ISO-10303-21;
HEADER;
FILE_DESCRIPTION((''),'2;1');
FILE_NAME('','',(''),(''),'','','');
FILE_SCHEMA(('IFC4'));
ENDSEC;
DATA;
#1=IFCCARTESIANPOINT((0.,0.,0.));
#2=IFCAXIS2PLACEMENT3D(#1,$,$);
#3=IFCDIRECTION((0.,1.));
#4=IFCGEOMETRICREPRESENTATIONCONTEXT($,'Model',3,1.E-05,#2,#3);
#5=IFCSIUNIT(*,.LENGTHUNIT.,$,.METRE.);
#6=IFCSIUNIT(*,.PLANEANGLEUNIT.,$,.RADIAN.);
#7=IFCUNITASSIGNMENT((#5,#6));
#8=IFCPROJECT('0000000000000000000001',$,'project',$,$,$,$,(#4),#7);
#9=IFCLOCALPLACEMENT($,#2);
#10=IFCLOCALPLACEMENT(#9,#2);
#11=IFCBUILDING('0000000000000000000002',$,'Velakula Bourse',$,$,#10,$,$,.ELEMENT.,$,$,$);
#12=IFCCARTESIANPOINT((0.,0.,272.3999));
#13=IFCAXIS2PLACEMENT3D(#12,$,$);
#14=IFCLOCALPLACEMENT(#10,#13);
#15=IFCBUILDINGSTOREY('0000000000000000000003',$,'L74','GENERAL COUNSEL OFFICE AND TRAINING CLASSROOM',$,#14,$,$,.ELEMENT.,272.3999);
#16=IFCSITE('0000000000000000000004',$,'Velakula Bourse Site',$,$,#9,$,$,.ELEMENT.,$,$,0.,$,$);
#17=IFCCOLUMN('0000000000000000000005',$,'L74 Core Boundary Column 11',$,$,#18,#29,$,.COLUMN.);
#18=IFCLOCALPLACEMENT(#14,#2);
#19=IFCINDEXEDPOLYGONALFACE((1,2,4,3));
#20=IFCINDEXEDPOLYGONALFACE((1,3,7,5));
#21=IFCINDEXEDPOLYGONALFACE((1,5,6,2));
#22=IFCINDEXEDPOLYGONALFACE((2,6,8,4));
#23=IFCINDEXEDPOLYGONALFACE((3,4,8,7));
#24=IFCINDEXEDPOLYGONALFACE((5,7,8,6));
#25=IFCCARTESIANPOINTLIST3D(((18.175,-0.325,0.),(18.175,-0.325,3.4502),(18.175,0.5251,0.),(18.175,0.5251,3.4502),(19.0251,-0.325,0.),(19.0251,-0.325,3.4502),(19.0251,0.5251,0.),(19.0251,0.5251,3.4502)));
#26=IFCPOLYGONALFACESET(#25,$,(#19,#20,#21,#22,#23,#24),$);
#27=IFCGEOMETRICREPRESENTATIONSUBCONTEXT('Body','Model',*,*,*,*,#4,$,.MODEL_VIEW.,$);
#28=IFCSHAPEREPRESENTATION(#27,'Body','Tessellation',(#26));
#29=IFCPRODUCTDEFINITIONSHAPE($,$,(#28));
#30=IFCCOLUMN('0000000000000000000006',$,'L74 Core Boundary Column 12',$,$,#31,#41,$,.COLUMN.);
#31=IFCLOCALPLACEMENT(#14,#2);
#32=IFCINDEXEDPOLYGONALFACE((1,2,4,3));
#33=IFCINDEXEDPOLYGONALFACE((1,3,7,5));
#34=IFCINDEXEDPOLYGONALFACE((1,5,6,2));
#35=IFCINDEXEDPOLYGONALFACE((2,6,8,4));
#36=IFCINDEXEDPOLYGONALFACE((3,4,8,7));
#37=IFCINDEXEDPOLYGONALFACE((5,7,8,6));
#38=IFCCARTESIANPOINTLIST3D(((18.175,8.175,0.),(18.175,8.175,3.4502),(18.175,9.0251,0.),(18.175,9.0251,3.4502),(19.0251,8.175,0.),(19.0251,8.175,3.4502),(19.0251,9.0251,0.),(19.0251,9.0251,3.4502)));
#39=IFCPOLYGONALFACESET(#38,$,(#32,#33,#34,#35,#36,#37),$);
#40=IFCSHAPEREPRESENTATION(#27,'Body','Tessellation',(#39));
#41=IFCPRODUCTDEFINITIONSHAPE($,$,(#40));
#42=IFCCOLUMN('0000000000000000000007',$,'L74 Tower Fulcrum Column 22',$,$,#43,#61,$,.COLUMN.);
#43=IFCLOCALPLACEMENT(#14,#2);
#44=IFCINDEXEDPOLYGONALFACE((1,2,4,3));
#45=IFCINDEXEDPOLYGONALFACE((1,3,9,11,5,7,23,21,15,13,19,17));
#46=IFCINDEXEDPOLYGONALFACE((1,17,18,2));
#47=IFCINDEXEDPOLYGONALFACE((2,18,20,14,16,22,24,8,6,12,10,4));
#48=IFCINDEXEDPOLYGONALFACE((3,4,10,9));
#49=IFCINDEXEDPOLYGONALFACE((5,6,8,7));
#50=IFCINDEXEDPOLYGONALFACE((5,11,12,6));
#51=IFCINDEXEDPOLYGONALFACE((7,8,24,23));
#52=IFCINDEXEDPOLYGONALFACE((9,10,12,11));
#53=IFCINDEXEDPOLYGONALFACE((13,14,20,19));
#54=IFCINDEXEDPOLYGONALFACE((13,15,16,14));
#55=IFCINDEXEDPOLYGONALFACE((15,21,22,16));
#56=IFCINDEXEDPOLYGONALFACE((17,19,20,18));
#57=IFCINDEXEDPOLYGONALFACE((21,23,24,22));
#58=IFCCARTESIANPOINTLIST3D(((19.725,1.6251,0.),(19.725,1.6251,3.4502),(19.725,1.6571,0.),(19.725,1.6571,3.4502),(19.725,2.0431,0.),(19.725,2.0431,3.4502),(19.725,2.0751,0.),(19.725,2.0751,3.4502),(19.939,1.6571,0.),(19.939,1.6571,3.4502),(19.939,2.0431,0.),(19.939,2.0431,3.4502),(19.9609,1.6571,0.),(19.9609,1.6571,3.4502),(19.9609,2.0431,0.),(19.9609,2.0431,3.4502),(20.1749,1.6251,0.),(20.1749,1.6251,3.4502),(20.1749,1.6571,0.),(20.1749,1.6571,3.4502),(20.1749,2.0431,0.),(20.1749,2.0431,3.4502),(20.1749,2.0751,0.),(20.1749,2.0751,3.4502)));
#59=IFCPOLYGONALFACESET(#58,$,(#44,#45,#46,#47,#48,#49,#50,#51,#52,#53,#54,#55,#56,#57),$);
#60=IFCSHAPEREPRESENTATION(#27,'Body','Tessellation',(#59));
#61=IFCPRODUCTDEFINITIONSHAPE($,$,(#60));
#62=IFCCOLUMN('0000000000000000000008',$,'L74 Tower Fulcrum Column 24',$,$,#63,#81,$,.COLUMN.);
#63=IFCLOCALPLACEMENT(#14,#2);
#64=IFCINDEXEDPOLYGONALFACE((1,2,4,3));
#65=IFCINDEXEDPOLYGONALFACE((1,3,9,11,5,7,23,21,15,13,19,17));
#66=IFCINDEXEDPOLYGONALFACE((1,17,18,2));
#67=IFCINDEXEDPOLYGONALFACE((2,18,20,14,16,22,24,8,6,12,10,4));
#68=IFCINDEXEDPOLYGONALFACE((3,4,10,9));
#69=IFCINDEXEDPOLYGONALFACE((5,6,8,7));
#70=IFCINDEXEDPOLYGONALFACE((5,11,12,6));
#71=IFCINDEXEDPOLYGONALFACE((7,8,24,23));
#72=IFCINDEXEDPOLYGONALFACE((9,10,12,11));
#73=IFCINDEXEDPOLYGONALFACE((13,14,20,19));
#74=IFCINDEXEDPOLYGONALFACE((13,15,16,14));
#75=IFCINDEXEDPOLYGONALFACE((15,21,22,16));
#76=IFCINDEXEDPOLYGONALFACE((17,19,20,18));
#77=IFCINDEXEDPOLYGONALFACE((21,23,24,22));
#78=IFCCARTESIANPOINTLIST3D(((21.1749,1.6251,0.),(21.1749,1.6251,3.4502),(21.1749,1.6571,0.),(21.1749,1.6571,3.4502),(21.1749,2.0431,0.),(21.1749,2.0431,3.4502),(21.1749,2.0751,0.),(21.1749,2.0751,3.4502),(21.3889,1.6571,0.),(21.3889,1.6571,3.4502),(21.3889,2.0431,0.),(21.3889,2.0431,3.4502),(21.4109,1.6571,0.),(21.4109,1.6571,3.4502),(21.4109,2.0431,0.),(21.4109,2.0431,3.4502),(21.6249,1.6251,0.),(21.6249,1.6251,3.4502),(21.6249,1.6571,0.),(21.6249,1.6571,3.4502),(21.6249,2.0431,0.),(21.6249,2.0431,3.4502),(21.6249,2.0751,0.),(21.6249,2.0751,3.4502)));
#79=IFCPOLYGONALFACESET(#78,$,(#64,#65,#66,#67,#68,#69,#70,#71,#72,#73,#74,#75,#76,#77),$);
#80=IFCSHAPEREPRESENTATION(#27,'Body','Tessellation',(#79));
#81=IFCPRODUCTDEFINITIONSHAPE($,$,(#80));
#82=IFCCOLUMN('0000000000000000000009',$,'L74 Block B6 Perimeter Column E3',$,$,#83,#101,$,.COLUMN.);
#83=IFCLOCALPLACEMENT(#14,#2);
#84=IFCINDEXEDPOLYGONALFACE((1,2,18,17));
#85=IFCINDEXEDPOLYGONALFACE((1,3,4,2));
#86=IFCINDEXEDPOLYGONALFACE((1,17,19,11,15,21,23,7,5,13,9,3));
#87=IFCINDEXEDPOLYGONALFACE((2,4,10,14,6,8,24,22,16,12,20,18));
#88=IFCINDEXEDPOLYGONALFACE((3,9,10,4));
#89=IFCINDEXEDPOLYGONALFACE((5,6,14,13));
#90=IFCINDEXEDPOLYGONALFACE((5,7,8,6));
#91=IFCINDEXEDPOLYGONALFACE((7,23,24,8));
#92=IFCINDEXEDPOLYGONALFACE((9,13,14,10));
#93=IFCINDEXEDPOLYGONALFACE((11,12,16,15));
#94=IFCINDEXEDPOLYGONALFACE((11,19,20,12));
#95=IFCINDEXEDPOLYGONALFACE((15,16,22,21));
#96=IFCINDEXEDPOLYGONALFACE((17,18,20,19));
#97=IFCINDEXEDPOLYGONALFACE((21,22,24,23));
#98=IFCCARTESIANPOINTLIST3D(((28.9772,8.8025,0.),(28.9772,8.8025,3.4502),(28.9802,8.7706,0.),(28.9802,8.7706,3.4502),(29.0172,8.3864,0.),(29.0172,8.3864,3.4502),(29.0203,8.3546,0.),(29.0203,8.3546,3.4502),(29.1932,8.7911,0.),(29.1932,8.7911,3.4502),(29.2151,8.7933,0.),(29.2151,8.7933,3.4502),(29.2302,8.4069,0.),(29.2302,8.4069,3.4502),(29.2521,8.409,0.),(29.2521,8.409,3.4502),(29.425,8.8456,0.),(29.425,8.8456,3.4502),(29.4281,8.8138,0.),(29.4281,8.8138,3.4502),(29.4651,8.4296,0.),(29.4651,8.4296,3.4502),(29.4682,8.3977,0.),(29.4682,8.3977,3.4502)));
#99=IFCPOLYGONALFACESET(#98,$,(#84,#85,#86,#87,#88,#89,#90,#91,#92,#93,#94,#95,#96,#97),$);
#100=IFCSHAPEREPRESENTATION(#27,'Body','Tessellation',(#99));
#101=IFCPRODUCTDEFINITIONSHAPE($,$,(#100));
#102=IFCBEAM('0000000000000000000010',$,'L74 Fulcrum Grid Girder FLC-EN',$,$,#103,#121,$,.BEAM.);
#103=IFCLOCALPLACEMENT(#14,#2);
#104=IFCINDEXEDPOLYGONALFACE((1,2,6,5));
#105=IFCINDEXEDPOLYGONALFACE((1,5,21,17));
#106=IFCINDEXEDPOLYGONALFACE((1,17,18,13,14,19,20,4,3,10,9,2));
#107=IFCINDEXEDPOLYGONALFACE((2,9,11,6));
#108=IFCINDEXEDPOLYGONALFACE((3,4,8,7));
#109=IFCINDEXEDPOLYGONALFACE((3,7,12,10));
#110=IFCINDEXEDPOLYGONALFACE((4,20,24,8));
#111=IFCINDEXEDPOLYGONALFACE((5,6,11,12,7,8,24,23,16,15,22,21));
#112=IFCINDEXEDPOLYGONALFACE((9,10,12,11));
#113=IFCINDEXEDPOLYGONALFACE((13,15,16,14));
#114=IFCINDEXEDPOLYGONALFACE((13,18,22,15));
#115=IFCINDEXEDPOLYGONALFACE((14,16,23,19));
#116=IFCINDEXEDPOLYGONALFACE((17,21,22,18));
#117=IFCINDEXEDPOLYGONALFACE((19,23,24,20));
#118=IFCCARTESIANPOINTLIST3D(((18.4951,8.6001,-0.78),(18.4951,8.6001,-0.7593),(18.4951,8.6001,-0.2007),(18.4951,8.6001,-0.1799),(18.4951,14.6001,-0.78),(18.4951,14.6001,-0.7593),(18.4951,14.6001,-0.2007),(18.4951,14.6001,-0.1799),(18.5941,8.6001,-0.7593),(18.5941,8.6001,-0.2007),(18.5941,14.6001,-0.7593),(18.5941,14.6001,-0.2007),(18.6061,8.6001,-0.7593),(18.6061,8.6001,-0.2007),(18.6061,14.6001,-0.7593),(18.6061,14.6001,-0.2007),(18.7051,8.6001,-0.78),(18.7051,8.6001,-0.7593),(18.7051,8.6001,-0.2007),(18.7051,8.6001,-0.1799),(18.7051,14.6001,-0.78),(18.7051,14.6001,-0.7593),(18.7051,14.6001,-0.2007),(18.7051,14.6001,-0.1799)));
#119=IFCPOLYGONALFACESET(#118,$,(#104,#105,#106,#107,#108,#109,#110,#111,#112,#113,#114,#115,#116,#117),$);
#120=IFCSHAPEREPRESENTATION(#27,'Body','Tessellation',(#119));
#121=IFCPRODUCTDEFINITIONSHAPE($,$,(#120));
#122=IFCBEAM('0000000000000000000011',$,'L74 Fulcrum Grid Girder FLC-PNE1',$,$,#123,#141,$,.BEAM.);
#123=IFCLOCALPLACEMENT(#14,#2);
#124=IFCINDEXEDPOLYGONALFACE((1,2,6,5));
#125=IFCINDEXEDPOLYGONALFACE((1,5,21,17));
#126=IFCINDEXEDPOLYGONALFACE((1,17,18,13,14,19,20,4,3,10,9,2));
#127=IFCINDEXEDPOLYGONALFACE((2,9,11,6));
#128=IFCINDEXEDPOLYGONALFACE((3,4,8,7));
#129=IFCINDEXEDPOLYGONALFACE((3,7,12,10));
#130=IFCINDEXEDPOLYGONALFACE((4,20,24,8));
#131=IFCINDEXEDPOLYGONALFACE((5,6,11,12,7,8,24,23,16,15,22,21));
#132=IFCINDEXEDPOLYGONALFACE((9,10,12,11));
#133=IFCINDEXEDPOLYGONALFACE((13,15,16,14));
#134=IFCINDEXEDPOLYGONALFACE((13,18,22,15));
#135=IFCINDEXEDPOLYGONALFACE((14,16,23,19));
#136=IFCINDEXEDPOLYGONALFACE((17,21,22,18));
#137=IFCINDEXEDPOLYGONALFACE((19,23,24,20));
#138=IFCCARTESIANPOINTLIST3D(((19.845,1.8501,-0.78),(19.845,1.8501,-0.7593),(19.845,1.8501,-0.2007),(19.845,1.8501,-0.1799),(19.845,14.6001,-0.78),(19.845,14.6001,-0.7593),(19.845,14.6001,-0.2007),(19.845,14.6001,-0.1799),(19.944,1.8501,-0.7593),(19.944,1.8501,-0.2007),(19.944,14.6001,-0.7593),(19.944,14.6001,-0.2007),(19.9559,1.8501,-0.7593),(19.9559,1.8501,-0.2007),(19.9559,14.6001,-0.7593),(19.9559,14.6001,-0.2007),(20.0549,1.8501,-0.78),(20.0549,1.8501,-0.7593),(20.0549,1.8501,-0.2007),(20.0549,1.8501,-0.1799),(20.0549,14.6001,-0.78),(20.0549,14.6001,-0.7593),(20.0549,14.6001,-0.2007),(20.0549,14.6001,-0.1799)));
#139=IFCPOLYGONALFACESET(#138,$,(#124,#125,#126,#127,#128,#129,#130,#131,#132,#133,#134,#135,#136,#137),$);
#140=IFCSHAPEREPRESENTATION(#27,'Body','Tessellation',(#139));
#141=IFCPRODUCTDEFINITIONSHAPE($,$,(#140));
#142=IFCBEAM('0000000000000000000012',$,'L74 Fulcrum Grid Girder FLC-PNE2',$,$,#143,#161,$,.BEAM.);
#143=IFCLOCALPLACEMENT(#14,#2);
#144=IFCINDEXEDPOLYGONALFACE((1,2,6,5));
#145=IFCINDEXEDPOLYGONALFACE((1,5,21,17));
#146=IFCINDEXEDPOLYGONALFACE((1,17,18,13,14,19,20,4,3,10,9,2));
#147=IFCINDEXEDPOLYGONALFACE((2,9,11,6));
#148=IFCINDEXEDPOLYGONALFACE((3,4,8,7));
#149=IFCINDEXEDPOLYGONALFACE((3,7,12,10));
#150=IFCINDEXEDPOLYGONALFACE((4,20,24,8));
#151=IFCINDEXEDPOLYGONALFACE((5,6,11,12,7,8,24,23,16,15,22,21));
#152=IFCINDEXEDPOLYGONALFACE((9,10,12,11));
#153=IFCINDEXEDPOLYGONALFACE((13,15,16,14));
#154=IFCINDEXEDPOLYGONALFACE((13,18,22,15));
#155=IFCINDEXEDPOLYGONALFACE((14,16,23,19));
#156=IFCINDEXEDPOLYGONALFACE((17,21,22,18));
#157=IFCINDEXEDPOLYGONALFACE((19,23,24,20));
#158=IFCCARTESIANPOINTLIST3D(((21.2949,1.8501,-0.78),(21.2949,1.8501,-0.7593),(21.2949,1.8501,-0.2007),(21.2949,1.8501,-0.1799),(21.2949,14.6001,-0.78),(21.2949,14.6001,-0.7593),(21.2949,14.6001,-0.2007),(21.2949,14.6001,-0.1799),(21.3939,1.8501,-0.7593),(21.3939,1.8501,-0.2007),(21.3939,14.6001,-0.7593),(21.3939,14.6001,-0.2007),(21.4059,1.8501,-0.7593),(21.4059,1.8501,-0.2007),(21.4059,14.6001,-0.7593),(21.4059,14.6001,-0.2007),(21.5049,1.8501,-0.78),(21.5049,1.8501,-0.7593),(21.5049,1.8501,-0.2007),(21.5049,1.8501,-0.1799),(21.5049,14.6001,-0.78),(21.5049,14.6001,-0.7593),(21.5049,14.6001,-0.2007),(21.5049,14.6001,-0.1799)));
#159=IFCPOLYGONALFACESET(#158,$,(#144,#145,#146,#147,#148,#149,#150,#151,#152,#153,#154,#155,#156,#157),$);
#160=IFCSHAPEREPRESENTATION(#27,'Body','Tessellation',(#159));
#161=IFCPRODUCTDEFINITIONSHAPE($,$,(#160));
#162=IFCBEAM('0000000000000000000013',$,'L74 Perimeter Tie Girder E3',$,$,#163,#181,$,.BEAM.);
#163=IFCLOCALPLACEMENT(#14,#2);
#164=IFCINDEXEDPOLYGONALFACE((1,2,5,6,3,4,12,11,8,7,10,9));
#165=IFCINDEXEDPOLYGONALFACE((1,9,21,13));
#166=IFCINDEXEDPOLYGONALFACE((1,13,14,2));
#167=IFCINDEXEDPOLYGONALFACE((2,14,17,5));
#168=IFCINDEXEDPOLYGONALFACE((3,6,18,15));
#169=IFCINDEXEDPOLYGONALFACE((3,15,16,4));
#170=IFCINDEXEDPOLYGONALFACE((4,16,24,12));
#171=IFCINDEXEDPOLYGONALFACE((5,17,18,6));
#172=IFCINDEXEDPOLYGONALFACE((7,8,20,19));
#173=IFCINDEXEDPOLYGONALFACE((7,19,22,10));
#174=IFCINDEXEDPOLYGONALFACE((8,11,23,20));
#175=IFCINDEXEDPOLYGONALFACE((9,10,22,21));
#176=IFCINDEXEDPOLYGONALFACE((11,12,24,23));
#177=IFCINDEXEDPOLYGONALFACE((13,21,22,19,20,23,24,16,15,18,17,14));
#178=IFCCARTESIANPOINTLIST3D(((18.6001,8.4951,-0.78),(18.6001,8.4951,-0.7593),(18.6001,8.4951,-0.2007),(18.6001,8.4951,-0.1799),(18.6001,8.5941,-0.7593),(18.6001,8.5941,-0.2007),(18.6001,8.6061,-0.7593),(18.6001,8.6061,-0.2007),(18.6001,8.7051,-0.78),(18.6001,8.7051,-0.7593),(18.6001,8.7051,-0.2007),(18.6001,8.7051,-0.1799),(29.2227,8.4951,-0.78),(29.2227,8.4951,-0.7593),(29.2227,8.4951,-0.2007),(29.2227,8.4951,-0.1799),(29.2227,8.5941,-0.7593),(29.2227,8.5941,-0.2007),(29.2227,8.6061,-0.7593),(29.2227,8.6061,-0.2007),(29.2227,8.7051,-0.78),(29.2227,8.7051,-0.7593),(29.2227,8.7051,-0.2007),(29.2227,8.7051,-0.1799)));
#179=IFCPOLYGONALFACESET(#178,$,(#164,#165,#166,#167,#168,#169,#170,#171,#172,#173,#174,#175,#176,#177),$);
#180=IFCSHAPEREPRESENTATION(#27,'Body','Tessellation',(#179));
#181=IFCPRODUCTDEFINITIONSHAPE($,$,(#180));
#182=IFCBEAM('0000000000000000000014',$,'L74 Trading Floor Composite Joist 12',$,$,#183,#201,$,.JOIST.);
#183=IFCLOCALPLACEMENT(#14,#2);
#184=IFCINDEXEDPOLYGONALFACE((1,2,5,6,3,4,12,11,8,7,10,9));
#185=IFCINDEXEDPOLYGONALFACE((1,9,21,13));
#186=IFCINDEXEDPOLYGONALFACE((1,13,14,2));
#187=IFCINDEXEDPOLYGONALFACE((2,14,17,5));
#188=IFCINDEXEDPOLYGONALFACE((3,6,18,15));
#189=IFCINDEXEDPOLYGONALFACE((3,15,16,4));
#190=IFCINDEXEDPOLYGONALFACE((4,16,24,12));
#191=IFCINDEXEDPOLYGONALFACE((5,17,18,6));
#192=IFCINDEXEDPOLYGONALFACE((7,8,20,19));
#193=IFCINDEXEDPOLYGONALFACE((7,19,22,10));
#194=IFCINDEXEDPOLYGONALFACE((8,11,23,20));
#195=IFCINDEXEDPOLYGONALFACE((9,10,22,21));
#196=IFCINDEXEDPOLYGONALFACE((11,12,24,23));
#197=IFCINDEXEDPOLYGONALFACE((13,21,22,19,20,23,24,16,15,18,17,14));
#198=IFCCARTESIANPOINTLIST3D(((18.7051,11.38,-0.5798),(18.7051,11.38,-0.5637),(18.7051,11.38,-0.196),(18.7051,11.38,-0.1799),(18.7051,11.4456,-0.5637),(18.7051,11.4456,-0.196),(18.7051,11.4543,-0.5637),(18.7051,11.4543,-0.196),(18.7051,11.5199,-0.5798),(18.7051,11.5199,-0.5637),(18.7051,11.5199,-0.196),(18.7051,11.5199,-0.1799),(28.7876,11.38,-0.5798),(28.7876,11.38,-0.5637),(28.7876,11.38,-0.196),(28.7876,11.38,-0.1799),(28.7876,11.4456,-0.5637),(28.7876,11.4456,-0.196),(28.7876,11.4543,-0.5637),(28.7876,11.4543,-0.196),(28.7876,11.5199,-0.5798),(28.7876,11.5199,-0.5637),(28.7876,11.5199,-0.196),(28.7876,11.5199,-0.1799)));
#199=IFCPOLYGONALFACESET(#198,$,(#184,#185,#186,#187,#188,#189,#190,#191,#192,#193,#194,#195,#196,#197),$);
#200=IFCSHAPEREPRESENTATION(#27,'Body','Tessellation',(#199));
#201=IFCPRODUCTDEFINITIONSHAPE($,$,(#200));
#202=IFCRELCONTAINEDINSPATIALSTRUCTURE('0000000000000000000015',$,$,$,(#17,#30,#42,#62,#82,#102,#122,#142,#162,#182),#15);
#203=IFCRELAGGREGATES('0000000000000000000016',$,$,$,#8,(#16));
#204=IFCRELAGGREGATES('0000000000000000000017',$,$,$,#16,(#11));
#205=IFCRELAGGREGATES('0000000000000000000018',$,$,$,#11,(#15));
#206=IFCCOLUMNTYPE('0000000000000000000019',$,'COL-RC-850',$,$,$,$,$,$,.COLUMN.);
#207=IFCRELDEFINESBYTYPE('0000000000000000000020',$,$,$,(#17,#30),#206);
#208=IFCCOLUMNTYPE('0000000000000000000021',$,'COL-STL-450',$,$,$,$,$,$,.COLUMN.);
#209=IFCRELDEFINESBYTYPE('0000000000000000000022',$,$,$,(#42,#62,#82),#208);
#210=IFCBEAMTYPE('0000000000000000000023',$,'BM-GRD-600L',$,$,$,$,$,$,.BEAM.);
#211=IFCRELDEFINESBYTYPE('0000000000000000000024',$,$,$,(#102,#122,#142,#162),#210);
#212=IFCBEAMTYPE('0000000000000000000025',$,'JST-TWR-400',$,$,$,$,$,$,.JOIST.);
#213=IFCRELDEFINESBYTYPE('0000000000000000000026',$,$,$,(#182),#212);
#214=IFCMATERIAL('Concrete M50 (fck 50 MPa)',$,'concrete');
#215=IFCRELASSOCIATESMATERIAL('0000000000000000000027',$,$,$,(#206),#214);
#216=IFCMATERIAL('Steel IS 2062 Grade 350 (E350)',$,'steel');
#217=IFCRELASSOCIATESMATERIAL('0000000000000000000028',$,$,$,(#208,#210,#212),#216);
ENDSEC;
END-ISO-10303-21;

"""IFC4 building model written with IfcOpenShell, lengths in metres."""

from ifc_helpers import new_model, si_unit, direction, frame, origin, origin_2d, place, context, subcontext, project, spatial, rectangle, i_section, extrude, material, material_profile, profile_set, type_object, element, save


model = new_model("IFC4")

# Units and contexts
model_context = context("Model", 3, precision=1e-05, world=origin(), true_north=direction((0.0, 1.0)))
body_context = subcontext(model_context, "Body", "Model", "MODEL_VIEW")
ifc_project = project(units=[si_unit("LENGTHUNIT", "METRE"), si_unit("PLANEANGLEUNIT", "RADIAN")], contexts=[model_context])

# Site, building, storey
site_placement = place(None, origin())
site = spatial("IfcSite", under=ifc_project, at=site_placement, Name="Velakula Bourse Site", CompositionType="ELEMENT", RefElevation=0.0)
building_placement = place(site_placement, origin())
building = spatial("IfcBuilding", under=site, at=building_placement, Name="Velakula Bourse", CompositionType="ELEMENT")
storey_placement = place(building_placement, frame((0.0, 0.0, 272.3999)))
storey = spatial("IfcBuildingStorey", under=building, at=storey_placement, Name="L74", Description="GENERAL COUNSEL OFFICE AND TRAINING CLASSROOM", CompositionType="ELEMENT", Elevation=272.3999)

# Columns
ifc_material_1 = material(Name="Concrete M50 (fck 50 MPa)", Category="concrete")
ifc_material_profile_1 = material_profile(ifc_material_1, rectangle(XDim=0.8501, YDim=0.8501, at=origin_2d()), Name="Concrete M50 (fck 50 MPa)")
ifc_profile_set_1 = profile_set([ifc_material_profile_1], Name="Concrete M50 (fck 50 MPa)")
column_type_1 = type_object("IfcColumnType", Name="COL-RC-850", PredefinedType="COLUMN", material=ifc_profile_set_1)
for number, where, z_axis, x_axis, name in (
    (1, (18.6001, 0.1001, 0.0), (0.0, 0.0, 1.0), (1.0, 0.0, 0.0), "L74 Core Boundary Column 11"),
    (2, (18.6001, 8.6001, 0.0), (0.0, 0.0, 1.0), (1.0, 0.0, 0.0), "L74 Core Boundary Column 12"),
):
    element("IfcColumn", number, at=place(storey_placement, frame(where, z_axis=z_axis, x_axis=x_axis)), inside=storey, type_object=column_type_1, Name=name, PredefinedType="COLUMN", context=body_context, shape_type="SweptSolid", body=[
        extrude(rectangle(XDim=0.8501, YDim=0.8501, at=origin_2d()), origin(), (0.0, 0.0, 1.0), 3.4502),
    ])
ifc_material_2 = material(Name="Steel IS 2062 Grade 350 (E350)", Category="steel")
ifc_material_profile_2 = material_profile(ifc_material_2, i_section(OverallWidth=0.45, OverallDepth=0.45, WebThickness=0.022, FlangeThickness=0.032, at=origin_2d()), Name="Steel IS 2062 Grade 350 (E350)")
ifc_profile_set_2 = profile_set([ifc_material_profile_2], Name="Steel IS 2062 Grade 350 (E350)")
column_type_2 = type_object("IfcColumnType", Name="COL-STL-450", PredefinedType="COLUMN", material=ifc_profile_set_2)
for number, where, z_axis, x_axis, name in (
    (3, (19.95, 1.8501, 0.0), (0.0, 0.0, 1.0), (1.0, 0.0, 0.0), "L74 Tower Fulcrum Column 22"),
    (4, (21.3999, 1.8501, 0.0), (0.0, 0.0, 1.0), (1.0, 0.0, 0.0), "L74 Tower Fulcrum Column 24"),
    (5, (29.2227, 8.6001, 0.0), (0.0, 0.0, 1.0), (0.995396, 0.095846, 0.0), "L74 Block B6 Perimeter Column E3"),
):
    element("IfcColumn", number, at=place(storey_placement, frame(where, z_axis=z_axis, x_axis=x_axis)), inside=storey, type_object=column_type_2, Name=name, PredefinedType="COLUMN", context=body_context, shape_type="SweptSolid", body=[
        extrude(i_section(OverallWidth=0.45, OverallDepth=0.45, WebThickness=0.022, FlangeThickness=0.032, at=origin_2d()), origin(), (0.0, 0.0, 1.0), 3.4502),
    ])

# Beams
ifc_material_profile_3 = material_profile(ifc_material_2, i_section(OverallWidth=0.21, OverallDepth=0.6001, WebThickness=0.012, FlangeThickness=0.0208, at=origin_2d()), Name="Steel IS 2062 Grade 350 (E350)")
ifc_profile_set_3 = profile_set([ifc_material_profile_3], Name="Steel IS 2062 Grade 350 (E350)")
beam_type_1 = type_object("IfcBeamType", Name="BM-GRD-600L", PredefinedType="BEAM", material=ifc_profile_set_3)
beam_1_placement = place(storey_placement, frame((18.6001, 8.6001, -0.48), z_axis=(0.0, 1.0, 0.0), x_axis=(-1.0, 0.0, 0.0)))
element("IfcBeam", 6, at=beam_1_placement, inside=storey, type_object=beam_type_1, Name="L74 Fulcrum Grid Girder FLC-EN", PredefinedType="BEAM", context=body_context, shape_type="SweptSolid", body=[
    extrude(i_section(OverallWidth=0.21, OverallDepth=0.6001, WebThickness=0.012, FlangeThickness=0.0208, at=origin_2d()), origin(), (0.0, 0.0, 1.0), 6.0),
])
for number, where, z_axis, x_axis, name in (
    (7, (19.95, 1.8501, -0.48), (0.0, 1.0, 0.0), (-1.0, 0.0, 0.0), "L74 Fulcrum Grid Girder FLC-PNE1"),
    (8, (21.3999, 1.8501, -0.48), (0.0, 1.0, 0.0), (-1.0, 0.0, 0.0), "L74 Fulcrum Grid Girder FLC-PNE2"),
):
    element("IfcBeam", number, at=place(storey_placement, frame(where, z_axis=z_axis, x_axis=x_axis)), inside=storey, type_object=beam_type_1, Name=name, PredefinedType="BEAM", context=body_context, shape_type="SweptSolid", body=[
        extrude(i_section(OverallWidth=0.21, OverallDepth=0.6001, WebThickness=0.012, FlangeThickness=0.0208, at=origin_2d()), origin(), (0.0, 0.0, 1.0), 12.75),
    ])
beam_2_placement = place(storey_placement, frame((18.6001, 8.6001, -0.48), z_axis=(1.0, 0.0, 0.0), x_axis=(0.0, 1.0, 0.0)))
element("IfcBeam", 9, at=beam_2_placement, inside=storey, type_object=beam_type_1, Name="L74 Perimeter Tie Girder E3", PredefinedType="BEAM", context=body_context, shape_type="SweptSolid", body=[
    extrude(i_section(OverallWidth=0.21, OverallDepth=0.6001, WebThickness=0.012, FlangeThickness=0.0208, at=origin_2d()), origin(), (0.0, 0.0, 1.0), 10.6226),
])
ifc_material_profile_4 = material_profile(ifc_material_2, i_section(OverallWidth=0.1399, OverallDepth=0.3999, WebThickness=0.0088, FlangeThickness=0.0161, at=origin_2d()), Name="Steel IS 2062 Grade 350 (E350)")
ifc_profile_set_4 = profile_set([ifc_material_profile_4], Name="Steel IS 2062 Grade 350 (E350)")
beam_type_2 = type_object("IfcBeamType", Name="JST-TWR-400", PredefinedType="JOIST", material=ifc_profile_set_4)
beam_3_placement = place(storey_placement, frame((18.7051, 11.45, -0.3799), z_axis=(1.0, 0.0, 0.0), x_axis=(0.0, 1.0, 0.0)))
element("IfcBeam", 10, at=beam_3_placement, inside=storey, type_object=beam_type_2, Name="L74 Trading Floor Composite Joist 12", PredefinedType="JOIST", context=body_context, shape_type="SweptSolid", body=[
    extrude(i_section(OverallWidth=0.1399, OverallDepth=0.3999, WebThickness=0.0088, FlangeThickness=0.0161, at=origin_2d()), origin(), (0.0, 0.0, 1.0), 10.0825),
])

save(model, "model.ifc")
